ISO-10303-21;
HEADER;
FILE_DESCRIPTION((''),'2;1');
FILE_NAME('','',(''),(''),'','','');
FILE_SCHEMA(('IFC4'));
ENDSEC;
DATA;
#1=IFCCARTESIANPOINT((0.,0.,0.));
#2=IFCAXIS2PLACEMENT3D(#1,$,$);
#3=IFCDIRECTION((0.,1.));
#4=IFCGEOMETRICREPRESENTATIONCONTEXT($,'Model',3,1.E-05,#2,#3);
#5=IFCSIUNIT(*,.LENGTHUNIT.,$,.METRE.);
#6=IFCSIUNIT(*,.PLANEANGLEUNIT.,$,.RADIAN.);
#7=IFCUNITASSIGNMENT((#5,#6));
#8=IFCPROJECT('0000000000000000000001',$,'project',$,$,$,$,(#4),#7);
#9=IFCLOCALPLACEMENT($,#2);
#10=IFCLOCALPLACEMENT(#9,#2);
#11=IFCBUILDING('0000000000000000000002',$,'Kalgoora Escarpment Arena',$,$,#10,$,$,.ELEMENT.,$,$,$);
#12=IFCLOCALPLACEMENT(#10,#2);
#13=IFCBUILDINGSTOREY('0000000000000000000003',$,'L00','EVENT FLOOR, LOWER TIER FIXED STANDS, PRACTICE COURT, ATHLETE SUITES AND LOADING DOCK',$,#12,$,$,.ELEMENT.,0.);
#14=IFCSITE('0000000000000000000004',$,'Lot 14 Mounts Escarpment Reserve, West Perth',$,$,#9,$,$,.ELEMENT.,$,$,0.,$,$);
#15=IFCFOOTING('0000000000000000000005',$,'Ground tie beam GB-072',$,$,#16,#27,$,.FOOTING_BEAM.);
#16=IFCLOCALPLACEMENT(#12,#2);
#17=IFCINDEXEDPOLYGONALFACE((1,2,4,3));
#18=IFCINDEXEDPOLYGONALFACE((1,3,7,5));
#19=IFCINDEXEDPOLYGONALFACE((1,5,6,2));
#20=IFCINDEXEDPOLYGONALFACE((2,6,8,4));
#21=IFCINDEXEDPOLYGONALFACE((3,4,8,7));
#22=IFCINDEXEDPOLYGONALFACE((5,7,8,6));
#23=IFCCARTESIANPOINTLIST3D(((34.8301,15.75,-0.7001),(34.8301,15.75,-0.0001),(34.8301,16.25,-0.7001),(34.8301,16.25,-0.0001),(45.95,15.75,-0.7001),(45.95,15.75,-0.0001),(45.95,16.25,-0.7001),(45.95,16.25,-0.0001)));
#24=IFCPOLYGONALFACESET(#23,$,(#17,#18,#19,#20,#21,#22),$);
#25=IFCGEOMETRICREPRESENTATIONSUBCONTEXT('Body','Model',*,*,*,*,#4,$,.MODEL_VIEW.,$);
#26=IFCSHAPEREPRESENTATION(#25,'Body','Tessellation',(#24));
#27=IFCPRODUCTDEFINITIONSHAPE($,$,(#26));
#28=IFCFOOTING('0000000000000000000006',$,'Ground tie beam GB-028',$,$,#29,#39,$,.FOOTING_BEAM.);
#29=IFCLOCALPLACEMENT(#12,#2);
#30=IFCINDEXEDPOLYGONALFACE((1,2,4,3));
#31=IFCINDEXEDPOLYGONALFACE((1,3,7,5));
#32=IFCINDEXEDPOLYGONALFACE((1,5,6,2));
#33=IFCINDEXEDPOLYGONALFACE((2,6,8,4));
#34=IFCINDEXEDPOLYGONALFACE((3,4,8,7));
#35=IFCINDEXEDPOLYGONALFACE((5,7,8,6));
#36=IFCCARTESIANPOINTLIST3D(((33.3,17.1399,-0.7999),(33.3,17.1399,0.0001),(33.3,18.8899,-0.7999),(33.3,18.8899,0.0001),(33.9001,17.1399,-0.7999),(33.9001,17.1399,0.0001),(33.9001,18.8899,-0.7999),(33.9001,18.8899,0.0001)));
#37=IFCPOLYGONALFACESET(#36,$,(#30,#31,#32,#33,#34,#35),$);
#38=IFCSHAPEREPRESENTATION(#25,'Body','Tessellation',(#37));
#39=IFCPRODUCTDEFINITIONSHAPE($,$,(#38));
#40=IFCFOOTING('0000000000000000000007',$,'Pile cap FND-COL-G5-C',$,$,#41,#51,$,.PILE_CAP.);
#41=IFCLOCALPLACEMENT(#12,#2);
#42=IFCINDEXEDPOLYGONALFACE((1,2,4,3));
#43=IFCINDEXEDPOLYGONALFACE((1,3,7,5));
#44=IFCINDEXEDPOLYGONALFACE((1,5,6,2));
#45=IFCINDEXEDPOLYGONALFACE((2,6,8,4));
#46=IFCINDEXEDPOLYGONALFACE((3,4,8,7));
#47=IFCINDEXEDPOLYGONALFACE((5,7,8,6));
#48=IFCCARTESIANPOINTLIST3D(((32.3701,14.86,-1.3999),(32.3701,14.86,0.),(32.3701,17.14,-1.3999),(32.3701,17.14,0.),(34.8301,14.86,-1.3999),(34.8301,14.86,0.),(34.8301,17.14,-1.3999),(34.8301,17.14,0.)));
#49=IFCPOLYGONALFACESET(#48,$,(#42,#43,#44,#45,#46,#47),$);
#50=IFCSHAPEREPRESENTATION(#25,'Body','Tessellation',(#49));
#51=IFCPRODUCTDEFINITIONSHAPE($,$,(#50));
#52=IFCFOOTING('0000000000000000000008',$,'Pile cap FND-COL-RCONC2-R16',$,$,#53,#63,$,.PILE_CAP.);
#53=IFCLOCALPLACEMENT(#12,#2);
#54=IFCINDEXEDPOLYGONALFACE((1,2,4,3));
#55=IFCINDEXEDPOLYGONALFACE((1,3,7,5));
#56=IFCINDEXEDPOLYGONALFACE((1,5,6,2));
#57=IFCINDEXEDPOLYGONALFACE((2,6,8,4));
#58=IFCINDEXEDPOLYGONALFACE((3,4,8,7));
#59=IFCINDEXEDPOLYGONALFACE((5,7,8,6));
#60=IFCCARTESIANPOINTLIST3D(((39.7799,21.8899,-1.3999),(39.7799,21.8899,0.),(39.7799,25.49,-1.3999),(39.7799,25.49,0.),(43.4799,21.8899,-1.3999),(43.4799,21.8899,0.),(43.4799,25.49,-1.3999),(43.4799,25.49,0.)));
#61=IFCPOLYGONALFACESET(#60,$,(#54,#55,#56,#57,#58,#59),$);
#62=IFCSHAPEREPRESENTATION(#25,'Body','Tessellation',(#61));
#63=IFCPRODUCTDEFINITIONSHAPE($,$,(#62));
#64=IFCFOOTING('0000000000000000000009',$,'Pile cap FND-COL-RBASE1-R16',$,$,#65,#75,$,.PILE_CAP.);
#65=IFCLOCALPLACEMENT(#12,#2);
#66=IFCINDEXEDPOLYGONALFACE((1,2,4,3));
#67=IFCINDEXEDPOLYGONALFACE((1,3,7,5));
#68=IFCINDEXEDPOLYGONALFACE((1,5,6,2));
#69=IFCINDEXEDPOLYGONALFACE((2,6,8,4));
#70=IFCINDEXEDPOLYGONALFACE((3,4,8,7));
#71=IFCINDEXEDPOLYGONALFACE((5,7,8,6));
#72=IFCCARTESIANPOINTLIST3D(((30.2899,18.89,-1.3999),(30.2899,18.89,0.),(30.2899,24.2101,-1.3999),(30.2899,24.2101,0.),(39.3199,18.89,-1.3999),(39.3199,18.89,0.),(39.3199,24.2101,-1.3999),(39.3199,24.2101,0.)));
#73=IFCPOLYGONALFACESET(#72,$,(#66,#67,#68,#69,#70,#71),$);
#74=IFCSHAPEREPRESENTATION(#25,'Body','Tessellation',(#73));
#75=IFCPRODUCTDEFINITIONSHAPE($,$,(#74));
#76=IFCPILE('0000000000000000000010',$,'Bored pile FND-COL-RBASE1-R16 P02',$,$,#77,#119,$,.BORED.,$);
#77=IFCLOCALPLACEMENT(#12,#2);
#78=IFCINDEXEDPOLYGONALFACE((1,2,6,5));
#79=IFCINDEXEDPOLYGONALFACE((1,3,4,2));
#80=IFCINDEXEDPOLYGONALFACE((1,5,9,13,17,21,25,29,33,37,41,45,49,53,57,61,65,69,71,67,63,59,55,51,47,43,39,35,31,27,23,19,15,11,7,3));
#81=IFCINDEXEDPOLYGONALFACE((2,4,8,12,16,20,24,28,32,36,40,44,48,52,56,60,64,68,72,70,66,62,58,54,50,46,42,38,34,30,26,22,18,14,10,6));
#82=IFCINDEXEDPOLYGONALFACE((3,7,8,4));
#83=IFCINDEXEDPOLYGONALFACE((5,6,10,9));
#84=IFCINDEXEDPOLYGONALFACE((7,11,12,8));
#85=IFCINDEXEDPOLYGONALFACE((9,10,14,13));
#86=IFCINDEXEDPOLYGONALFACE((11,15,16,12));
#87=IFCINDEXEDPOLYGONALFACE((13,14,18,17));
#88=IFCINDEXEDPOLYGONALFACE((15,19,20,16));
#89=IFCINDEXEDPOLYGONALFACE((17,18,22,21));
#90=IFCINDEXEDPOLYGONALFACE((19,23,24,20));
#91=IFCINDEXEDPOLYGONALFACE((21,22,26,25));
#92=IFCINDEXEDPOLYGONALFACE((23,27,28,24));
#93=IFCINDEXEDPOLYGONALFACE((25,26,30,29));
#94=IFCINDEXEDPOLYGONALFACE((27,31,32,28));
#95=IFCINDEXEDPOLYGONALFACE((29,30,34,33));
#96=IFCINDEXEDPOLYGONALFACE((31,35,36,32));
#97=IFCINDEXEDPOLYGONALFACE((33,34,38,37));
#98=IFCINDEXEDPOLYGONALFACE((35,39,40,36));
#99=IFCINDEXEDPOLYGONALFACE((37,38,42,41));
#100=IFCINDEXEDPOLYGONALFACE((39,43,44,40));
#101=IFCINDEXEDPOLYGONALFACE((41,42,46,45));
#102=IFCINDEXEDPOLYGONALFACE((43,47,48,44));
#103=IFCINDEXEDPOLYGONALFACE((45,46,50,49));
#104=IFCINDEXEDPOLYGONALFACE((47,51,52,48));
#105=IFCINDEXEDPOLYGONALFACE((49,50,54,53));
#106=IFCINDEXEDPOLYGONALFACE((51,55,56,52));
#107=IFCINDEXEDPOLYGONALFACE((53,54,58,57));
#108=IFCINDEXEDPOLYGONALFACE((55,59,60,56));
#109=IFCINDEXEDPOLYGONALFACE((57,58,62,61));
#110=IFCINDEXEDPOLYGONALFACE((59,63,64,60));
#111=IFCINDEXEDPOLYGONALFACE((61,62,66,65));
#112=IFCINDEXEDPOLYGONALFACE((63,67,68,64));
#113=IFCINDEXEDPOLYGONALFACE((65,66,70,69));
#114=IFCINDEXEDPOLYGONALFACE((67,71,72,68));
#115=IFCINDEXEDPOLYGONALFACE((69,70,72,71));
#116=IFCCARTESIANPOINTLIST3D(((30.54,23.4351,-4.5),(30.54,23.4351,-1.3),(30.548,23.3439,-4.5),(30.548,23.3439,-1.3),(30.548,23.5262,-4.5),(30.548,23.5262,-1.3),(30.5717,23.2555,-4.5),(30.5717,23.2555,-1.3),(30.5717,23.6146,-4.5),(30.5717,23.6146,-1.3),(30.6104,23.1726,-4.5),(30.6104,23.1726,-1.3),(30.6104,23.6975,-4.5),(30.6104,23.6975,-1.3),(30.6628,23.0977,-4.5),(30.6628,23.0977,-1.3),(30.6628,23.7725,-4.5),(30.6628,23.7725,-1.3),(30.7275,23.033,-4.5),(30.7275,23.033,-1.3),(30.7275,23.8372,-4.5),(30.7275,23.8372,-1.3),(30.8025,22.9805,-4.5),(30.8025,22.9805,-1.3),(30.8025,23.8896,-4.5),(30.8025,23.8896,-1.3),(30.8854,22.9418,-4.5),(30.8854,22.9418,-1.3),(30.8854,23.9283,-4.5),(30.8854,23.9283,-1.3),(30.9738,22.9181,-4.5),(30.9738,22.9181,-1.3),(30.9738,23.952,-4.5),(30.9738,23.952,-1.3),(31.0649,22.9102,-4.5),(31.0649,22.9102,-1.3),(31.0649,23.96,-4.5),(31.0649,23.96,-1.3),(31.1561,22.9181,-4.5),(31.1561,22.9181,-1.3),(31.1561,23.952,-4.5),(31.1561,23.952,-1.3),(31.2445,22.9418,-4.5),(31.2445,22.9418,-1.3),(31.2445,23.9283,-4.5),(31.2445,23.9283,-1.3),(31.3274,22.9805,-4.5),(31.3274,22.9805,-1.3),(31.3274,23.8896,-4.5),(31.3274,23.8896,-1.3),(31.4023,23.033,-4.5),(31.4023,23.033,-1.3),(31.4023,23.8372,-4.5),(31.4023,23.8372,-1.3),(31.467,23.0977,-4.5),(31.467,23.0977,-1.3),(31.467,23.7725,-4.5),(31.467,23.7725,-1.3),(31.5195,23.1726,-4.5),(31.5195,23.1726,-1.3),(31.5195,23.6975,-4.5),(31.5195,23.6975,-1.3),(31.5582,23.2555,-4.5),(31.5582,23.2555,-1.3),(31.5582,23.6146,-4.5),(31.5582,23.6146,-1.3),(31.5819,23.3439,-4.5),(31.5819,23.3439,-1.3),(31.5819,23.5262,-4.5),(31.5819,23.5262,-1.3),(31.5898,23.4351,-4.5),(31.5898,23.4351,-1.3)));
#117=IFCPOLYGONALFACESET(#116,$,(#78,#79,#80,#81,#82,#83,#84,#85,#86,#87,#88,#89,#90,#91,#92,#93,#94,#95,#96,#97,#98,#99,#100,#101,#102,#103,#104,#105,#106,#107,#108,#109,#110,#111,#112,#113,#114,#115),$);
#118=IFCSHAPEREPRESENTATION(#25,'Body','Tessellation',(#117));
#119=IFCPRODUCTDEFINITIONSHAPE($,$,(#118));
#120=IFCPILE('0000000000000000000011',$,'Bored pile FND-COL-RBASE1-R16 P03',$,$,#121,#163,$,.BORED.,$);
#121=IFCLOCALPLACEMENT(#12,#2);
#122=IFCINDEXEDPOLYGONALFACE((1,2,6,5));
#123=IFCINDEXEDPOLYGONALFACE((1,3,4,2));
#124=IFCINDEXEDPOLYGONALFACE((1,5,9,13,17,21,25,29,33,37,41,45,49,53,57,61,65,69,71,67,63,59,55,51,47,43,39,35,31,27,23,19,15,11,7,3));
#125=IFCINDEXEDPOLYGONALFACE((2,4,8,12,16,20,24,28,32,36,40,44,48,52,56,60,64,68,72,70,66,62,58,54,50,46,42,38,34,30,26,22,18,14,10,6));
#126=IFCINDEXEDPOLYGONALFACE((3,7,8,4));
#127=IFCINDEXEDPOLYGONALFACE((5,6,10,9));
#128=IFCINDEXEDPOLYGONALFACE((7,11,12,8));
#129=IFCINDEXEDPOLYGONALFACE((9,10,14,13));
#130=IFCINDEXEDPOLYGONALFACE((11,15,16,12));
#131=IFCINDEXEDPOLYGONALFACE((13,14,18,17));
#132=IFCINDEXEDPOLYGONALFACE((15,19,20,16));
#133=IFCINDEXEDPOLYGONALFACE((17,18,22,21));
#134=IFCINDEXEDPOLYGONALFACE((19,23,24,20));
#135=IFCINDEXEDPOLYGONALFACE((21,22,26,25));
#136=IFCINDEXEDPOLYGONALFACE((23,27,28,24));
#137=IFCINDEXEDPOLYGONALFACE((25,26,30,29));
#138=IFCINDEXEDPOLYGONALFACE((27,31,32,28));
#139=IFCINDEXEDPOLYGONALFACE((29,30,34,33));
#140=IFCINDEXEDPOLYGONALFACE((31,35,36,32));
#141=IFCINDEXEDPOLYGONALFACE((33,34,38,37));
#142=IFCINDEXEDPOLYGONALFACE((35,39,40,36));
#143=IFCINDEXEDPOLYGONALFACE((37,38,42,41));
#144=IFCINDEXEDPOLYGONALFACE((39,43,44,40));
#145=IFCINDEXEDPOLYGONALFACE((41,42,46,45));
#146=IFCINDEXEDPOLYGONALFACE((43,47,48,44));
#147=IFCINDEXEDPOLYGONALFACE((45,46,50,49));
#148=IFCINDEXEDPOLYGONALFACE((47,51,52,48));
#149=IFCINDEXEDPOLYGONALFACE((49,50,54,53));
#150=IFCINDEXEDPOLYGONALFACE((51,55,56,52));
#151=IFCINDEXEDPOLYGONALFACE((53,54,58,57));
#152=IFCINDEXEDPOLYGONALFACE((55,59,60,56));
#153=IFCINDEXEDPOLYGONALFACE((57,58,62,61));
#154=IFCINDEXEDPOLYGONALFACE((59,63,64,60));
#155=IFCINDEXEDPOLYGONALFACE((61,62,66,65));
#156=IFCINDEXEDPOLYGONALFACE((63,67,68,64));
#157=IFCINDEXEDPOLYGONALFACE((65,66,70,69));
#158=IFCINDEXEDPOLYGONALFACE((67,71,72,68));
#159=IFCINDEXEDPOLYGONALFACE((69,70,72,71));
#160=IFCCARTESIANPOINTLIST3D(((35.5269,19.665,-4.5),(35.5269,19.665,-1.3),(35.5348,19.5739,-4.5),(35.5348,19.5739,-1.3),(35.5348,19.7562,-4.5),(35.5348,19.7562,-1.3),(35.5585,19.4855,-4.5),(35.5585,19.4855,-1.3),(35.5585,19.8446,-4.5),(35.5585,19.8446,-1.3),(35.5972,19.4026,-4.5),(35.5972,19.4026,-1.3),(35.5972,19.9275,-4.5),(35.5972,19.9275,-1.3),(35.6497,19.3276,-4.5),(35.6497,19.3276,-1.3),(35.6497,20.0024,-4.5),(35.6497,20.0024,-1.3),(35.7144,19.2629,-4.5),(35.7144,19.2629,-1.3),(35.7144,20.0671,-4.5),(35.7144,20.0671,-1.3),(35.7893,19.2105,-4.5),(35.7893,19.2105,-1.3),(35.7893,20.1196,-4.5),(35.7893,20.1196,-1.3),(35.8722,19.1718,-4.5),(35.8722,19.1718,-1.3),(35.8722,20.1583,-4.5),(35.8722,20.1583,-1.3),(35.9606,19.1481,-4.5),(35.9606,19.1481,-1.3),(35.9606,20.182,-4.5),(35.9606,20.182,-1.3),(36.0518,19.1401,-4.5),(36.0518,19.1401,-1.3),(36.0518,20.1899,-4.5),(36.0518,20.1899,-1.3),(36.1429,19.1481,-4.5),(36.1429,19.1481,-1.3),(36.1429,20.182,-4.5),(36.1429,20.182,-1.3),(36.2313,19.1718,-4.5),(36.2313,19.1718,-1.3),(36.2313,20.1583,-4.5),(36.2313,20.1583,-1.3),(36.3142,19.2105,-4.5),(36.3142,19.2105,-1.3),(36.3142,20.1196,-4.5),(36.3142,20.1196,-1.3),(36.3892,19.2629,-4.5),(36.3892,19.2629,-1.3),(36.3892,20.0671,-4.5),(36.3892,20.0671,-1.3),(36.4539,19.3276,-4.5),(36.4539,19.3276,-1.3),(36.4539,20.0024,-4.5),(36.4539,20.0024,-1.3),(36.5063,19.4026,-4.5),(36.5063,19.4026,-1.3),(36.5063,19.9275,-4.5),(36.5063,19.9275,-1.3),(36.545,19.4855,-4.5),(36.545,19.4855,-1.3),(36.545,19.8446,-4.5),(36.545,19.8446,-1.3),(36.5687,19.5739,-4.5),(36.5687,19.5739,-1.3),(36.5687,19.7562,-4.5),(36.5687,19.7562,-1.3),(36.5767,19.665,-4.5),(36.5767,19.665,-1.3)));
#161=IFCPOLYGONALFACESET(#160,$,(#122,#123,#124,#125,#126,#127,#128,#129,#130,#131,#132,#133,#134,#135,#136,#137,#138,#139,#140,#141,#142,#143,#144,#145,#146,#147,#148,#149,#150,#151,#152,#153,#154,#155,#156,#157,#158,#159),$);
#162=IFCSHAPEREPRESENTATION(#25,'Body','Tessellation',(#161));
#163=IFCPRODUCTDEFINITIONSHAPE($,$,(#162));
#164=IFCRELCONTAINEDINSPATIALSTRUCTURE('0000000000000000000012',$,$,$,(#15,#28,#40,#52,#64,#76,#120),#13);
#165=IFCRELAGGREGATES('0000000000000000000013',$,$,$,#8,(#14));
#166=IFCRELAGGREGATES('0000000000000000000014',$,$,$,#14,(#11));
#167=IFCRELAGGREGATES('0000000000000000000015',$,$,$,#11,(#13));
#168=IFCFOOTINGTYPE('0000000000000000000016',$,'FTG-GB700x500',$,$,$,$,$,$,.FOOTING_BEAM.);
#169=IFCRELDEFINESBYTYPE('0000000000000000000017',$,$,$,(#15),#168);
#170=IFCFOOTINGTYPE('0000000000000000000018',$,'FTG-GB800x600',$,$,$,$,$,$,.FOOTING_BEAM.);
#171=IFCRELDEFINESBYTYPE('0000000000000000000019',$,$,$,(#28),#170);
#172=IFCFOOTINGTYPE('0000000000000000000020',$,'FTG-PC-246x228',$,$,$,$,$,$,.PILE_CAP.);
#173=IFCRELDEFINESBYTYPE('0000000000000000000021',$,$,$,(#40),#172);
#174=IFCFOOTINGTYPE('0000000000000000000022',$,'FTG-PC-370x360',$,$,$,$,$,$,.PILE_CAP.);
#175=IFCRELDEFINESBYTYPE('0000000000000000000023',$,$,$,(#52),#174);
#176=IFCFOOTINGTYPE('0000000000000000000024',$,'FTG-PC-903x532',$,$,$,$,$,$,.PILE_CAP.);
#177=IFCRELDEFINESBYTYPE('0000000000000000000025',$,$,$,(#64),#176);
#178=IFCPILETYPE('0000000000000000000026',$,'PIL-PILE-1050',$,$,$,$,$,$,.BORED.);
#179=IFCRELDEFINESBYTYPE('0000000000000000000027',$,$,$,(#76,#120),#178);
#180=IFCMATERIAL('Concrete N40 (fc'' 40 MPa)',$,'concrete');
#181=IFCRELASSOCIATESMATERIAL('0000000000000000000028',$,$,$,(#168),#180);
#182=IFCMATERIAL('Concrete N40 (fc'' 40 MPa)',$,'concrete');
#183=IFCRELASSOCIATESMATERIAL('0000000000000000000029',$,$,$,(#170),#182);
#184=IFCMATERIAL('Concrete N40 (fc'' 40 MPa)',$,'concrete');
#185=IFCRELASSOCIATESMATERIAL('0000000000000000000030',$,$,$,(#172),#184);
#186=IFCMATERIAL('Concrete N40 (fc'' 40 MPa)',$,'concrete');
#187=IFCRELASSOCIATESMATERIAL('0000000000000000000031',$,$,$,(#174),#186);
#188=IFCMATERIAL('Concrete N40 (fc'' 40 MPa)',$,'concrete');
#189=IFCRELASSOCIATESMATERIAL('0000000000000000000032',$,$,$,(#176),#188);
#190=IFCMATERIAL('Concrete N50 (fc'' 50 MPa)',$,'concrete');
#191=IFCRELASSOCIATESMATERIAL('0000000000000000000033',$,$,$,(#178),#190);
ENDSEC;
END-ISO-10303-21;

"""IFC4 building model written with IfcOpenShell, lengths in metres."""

from ifc_helpers import new_model, si_unit, direction, frame, origin, origin_2d, place, context, subcontext, project, spatial, rectangle, circle, extrude, material, material_profile, profile_set, type_object, element, save


model = new_model("IFC4")

# Units and contexts
model_context = context("Model", 3, precision=1e-05, world=origin(), true_north=direction((0.0, 1.0)))
body_context = subcontext(model_context, "Body", "Model", "MODEL_VIEW")
ifc_project = project(units=[si_unit("LENGTHUNIT", "METRE"), si_unit("PLANEANGLEUNIT", "RADIAN")], contexts=[model_context])

# Site, building, storey
site_placement = place(None, origin())
site = spatial("IfcSite", under=ifc_project, at=site_placement, Name="Lot 14 Mounts Escarpment Reserve, West Perth", CompositionType="ELEMENT", RefElevation=0.0)
building_placement = place(site_placement, origin())
building = spatial("IfcBuilding", under=site, at=building_placement, Name="Kalgoora Escarpment Arena", CompositionType="ELEMENT")
storey_placement = place(building_placement, origin())
storey = spatial("IfcBuildingStorey", under=building, at=storey_placement, Name="L00", Description="EVENT FLOOR, LOWER TIER FIXED STANDS, PRACTICE COURT, ATHLETE SUITES AND LOADING DOCK", CompositionType="ELEMENT", Elevation=0.0)

# Footings
ifc_material_1 = material(Name="Concrete N40 (fc' 40 MPa)", Category="concrete")
ifc_material_profile_1 = material_profile(ifc_material_1, rectangle(XDim=0.5, YDim=0.7, at=origin_2d()))
ifc_profile_set_1 = profile_set([ifc_material_profile_1], Name="Concrete N40 (fc' 40 MPa)")
footing_type_1 = type_object("IfcFootingType", Name="FTG-GB700x500", PredefinedType="FOOTING_BEAM", material=ifc_profile_set_1)
footing_1_placement = place(storey_placement, frame((34.8301, 16.0, -0.3501), z_axis=(1.0, 0.0, 0.0), x_axis=(0.0, 1.0, 0.0)))
element("IfcFooting", 1, at=footing_1_placement, inside=storey, type_object=footing_type_1, Name="Ground tie beam GB-072", PredefinedType="FOOTING_BEAM", context=body_context, shape_type="SweptSolid", body=[
    extrude(rectangle(XDim=0.5, YDim=0.7, at=origin_2d()), origin(), (0.0, 0.0, 1.0), 11.1199),
])
ifc_material_2 = material(Name="Concrete N40 (fc' 40 MPa)", Category="concrete")
ifc_material_profile_2 = material_profile(ifc_material_2, rectangle(XDim=0.6001, YDim=0.8, at=origin_2d()))
ifc_profile_set_2 = profile_set([ifc_material_profile_2], Name="Concrete N40 (fc' 40 MPa)")
footing_type_2 = type_object("IfcFootingType", Name="FTG-GB800x600", PredefinedType="FOOTING_BEAM", material=ifc_profile_set_2)
footing_2_placement = place(storey_placement, frame((33.6001, 17.1399, -0.3999), z_axis=(0.0, 1.0, 0.0), x_axis=(-1.0, 0.0, 0.0)))
element("IfcFooting", 2, at=footing_2_placement, inside=storey, type_object=footing_type_2, Name="Ground tie beam GB-028", PredefinedType="FOOTING_BEAM", context=body_context, shape_type="SweptSolid", body=[
    extrude(rectangle(XDim=0.6001, YDim=0.8, at=origin_2d()), origin(), (0.0, 0.0, 1.0), 1.75),
])
ifc_material_3 = material(Name="Concrete N40 (fc' 40 MPa)", Category="concrete")
footing_type_3 = type_object("IfcFootingType", Name="FTG-PC-246x228", PredefinedType="PILE_CAP", material=ifc_material_3)
footing_3_placement = place(storey_placement, frame((33.6001, 16.0, -1.3999), z_axis=(0.0, 0.0, 1.0), x_axis=(1.0, 0.0, 0.0)))
element("IfcFooting", 3, at=footing_3_placement, inside=storey, type_object=footing_type_3, Name="Pile cap FND-COL-G5-C", PredefinedType="PILE_CAP", context=body_context, shape_type="SweptSolid", body=[
    extrude(rectangle(XDim=2.46, YDim=2.28, at=origin_2d()), origin(), (0.0, 0.0, 1.0), 1.3999),
])
ifc_material_4 = material(Name="Concrete N40 (fc' 40 MPa)", Category="concrete")
footing_type_4 = type_object("IfcFootingType", Name="FTG-PC-370x360", PredefinedType="PILE_CAP", material=ifc_material_4)
footing_4_placement = place(storey_placement, frame((41.6299, 23.6899, -1.3999), z_axis=(0.0, 0.0, 1.0), x_axis=(1.0, 0.0, 0.0)))
element("IfcFooting", 4, at=footing_4_placement, inside=storey, type_object=footing_type_4, Name="Pile cap FND-COL-RCONC2-R16", PredefinedType="PILE_CAP", context=body_context, shape_type="SweptSolid", body=[
    extrude(rectangle(XDim=3.7, YDim=3.6001, at=origin_2d()), origin(), (0.0, 0.0, 1.0), 1.3999),
])
ifc_material_5 = material(Name="Concrete N40 (fc' 40 MPa)", Category="concrete")
footing_type_5 = type_object("IfcFootingType", Name="FTG-PC-903x532", PredefinedType="PILE_CAP", material=ifc_material_5)
footing_5_placement = place(storey_placement, frame((34.8049, 21.55, -1.3999), z_axis=(0.0, 0.0, 1.0), x_axis=(1.0, 0.0, 0.0)))
element("IfcFooting", 5, at=footing_5_placement, inside=storey, type_object=footing_type_5, Name="Pile cap FND-COL-RBASE1-R16", PredefinedType="PILE_CAP", context=body_context, shape_type="SweptSolid", body=[
    extrude(rectangle(XDim=9.03, YDim=5.3201, at=origin_2d()), origin(), (0.0, 0.0, 1.0), 1.3999),
])

# Piles
ifc_material_6 = material(Name="Concrete N50 (fc' 50 MPa)", Category="concrete")
ifc_material_profile_3 = material_profile(ifc_material_6, circle(Radius=0.5249, at=origin_2d()))
ifc_profile_set_3 = profile_set([ifc_material_profile_3], Name="Concrete N50 (fc' 50 MPa)")
pile_type_1 = type_object("IfcPileType", Name="PIL-PILE-1050", PredefinedType="BORED", material=ifc_profile_set_3)
for number, where, z_axis, x_axis, name in (
    (6, (31.0649, 23.4351, -1.3), (0.0, 0.0, -1.0), (1.0, 0.0, 0.0), "Bored pile FND-COL-RBASE1-R16 P02"),
    (7, (36.0518, 19.665, -1.3), (0.0, 0.0, -1.0), (1.0, 0.0, 0.0), "Bored pile FND-COL-RBASE1-R16 P03"),
):
    element("IfcPile", number, at=place(storey_placement, frame(where, z_axis=z_axis, x_axis=x_axis)), inside=storey, type_object=pile_type_1, Name=name, PredefinedType="BORED", context=body_context, shape_type="SweptSolid", body=[
        extrude(circle(Radius=0.5249, at=origin_2d()), origin(), (0.0, 0.0, 1.0), 3.2),
    ])

save(model, "model.ifc")
